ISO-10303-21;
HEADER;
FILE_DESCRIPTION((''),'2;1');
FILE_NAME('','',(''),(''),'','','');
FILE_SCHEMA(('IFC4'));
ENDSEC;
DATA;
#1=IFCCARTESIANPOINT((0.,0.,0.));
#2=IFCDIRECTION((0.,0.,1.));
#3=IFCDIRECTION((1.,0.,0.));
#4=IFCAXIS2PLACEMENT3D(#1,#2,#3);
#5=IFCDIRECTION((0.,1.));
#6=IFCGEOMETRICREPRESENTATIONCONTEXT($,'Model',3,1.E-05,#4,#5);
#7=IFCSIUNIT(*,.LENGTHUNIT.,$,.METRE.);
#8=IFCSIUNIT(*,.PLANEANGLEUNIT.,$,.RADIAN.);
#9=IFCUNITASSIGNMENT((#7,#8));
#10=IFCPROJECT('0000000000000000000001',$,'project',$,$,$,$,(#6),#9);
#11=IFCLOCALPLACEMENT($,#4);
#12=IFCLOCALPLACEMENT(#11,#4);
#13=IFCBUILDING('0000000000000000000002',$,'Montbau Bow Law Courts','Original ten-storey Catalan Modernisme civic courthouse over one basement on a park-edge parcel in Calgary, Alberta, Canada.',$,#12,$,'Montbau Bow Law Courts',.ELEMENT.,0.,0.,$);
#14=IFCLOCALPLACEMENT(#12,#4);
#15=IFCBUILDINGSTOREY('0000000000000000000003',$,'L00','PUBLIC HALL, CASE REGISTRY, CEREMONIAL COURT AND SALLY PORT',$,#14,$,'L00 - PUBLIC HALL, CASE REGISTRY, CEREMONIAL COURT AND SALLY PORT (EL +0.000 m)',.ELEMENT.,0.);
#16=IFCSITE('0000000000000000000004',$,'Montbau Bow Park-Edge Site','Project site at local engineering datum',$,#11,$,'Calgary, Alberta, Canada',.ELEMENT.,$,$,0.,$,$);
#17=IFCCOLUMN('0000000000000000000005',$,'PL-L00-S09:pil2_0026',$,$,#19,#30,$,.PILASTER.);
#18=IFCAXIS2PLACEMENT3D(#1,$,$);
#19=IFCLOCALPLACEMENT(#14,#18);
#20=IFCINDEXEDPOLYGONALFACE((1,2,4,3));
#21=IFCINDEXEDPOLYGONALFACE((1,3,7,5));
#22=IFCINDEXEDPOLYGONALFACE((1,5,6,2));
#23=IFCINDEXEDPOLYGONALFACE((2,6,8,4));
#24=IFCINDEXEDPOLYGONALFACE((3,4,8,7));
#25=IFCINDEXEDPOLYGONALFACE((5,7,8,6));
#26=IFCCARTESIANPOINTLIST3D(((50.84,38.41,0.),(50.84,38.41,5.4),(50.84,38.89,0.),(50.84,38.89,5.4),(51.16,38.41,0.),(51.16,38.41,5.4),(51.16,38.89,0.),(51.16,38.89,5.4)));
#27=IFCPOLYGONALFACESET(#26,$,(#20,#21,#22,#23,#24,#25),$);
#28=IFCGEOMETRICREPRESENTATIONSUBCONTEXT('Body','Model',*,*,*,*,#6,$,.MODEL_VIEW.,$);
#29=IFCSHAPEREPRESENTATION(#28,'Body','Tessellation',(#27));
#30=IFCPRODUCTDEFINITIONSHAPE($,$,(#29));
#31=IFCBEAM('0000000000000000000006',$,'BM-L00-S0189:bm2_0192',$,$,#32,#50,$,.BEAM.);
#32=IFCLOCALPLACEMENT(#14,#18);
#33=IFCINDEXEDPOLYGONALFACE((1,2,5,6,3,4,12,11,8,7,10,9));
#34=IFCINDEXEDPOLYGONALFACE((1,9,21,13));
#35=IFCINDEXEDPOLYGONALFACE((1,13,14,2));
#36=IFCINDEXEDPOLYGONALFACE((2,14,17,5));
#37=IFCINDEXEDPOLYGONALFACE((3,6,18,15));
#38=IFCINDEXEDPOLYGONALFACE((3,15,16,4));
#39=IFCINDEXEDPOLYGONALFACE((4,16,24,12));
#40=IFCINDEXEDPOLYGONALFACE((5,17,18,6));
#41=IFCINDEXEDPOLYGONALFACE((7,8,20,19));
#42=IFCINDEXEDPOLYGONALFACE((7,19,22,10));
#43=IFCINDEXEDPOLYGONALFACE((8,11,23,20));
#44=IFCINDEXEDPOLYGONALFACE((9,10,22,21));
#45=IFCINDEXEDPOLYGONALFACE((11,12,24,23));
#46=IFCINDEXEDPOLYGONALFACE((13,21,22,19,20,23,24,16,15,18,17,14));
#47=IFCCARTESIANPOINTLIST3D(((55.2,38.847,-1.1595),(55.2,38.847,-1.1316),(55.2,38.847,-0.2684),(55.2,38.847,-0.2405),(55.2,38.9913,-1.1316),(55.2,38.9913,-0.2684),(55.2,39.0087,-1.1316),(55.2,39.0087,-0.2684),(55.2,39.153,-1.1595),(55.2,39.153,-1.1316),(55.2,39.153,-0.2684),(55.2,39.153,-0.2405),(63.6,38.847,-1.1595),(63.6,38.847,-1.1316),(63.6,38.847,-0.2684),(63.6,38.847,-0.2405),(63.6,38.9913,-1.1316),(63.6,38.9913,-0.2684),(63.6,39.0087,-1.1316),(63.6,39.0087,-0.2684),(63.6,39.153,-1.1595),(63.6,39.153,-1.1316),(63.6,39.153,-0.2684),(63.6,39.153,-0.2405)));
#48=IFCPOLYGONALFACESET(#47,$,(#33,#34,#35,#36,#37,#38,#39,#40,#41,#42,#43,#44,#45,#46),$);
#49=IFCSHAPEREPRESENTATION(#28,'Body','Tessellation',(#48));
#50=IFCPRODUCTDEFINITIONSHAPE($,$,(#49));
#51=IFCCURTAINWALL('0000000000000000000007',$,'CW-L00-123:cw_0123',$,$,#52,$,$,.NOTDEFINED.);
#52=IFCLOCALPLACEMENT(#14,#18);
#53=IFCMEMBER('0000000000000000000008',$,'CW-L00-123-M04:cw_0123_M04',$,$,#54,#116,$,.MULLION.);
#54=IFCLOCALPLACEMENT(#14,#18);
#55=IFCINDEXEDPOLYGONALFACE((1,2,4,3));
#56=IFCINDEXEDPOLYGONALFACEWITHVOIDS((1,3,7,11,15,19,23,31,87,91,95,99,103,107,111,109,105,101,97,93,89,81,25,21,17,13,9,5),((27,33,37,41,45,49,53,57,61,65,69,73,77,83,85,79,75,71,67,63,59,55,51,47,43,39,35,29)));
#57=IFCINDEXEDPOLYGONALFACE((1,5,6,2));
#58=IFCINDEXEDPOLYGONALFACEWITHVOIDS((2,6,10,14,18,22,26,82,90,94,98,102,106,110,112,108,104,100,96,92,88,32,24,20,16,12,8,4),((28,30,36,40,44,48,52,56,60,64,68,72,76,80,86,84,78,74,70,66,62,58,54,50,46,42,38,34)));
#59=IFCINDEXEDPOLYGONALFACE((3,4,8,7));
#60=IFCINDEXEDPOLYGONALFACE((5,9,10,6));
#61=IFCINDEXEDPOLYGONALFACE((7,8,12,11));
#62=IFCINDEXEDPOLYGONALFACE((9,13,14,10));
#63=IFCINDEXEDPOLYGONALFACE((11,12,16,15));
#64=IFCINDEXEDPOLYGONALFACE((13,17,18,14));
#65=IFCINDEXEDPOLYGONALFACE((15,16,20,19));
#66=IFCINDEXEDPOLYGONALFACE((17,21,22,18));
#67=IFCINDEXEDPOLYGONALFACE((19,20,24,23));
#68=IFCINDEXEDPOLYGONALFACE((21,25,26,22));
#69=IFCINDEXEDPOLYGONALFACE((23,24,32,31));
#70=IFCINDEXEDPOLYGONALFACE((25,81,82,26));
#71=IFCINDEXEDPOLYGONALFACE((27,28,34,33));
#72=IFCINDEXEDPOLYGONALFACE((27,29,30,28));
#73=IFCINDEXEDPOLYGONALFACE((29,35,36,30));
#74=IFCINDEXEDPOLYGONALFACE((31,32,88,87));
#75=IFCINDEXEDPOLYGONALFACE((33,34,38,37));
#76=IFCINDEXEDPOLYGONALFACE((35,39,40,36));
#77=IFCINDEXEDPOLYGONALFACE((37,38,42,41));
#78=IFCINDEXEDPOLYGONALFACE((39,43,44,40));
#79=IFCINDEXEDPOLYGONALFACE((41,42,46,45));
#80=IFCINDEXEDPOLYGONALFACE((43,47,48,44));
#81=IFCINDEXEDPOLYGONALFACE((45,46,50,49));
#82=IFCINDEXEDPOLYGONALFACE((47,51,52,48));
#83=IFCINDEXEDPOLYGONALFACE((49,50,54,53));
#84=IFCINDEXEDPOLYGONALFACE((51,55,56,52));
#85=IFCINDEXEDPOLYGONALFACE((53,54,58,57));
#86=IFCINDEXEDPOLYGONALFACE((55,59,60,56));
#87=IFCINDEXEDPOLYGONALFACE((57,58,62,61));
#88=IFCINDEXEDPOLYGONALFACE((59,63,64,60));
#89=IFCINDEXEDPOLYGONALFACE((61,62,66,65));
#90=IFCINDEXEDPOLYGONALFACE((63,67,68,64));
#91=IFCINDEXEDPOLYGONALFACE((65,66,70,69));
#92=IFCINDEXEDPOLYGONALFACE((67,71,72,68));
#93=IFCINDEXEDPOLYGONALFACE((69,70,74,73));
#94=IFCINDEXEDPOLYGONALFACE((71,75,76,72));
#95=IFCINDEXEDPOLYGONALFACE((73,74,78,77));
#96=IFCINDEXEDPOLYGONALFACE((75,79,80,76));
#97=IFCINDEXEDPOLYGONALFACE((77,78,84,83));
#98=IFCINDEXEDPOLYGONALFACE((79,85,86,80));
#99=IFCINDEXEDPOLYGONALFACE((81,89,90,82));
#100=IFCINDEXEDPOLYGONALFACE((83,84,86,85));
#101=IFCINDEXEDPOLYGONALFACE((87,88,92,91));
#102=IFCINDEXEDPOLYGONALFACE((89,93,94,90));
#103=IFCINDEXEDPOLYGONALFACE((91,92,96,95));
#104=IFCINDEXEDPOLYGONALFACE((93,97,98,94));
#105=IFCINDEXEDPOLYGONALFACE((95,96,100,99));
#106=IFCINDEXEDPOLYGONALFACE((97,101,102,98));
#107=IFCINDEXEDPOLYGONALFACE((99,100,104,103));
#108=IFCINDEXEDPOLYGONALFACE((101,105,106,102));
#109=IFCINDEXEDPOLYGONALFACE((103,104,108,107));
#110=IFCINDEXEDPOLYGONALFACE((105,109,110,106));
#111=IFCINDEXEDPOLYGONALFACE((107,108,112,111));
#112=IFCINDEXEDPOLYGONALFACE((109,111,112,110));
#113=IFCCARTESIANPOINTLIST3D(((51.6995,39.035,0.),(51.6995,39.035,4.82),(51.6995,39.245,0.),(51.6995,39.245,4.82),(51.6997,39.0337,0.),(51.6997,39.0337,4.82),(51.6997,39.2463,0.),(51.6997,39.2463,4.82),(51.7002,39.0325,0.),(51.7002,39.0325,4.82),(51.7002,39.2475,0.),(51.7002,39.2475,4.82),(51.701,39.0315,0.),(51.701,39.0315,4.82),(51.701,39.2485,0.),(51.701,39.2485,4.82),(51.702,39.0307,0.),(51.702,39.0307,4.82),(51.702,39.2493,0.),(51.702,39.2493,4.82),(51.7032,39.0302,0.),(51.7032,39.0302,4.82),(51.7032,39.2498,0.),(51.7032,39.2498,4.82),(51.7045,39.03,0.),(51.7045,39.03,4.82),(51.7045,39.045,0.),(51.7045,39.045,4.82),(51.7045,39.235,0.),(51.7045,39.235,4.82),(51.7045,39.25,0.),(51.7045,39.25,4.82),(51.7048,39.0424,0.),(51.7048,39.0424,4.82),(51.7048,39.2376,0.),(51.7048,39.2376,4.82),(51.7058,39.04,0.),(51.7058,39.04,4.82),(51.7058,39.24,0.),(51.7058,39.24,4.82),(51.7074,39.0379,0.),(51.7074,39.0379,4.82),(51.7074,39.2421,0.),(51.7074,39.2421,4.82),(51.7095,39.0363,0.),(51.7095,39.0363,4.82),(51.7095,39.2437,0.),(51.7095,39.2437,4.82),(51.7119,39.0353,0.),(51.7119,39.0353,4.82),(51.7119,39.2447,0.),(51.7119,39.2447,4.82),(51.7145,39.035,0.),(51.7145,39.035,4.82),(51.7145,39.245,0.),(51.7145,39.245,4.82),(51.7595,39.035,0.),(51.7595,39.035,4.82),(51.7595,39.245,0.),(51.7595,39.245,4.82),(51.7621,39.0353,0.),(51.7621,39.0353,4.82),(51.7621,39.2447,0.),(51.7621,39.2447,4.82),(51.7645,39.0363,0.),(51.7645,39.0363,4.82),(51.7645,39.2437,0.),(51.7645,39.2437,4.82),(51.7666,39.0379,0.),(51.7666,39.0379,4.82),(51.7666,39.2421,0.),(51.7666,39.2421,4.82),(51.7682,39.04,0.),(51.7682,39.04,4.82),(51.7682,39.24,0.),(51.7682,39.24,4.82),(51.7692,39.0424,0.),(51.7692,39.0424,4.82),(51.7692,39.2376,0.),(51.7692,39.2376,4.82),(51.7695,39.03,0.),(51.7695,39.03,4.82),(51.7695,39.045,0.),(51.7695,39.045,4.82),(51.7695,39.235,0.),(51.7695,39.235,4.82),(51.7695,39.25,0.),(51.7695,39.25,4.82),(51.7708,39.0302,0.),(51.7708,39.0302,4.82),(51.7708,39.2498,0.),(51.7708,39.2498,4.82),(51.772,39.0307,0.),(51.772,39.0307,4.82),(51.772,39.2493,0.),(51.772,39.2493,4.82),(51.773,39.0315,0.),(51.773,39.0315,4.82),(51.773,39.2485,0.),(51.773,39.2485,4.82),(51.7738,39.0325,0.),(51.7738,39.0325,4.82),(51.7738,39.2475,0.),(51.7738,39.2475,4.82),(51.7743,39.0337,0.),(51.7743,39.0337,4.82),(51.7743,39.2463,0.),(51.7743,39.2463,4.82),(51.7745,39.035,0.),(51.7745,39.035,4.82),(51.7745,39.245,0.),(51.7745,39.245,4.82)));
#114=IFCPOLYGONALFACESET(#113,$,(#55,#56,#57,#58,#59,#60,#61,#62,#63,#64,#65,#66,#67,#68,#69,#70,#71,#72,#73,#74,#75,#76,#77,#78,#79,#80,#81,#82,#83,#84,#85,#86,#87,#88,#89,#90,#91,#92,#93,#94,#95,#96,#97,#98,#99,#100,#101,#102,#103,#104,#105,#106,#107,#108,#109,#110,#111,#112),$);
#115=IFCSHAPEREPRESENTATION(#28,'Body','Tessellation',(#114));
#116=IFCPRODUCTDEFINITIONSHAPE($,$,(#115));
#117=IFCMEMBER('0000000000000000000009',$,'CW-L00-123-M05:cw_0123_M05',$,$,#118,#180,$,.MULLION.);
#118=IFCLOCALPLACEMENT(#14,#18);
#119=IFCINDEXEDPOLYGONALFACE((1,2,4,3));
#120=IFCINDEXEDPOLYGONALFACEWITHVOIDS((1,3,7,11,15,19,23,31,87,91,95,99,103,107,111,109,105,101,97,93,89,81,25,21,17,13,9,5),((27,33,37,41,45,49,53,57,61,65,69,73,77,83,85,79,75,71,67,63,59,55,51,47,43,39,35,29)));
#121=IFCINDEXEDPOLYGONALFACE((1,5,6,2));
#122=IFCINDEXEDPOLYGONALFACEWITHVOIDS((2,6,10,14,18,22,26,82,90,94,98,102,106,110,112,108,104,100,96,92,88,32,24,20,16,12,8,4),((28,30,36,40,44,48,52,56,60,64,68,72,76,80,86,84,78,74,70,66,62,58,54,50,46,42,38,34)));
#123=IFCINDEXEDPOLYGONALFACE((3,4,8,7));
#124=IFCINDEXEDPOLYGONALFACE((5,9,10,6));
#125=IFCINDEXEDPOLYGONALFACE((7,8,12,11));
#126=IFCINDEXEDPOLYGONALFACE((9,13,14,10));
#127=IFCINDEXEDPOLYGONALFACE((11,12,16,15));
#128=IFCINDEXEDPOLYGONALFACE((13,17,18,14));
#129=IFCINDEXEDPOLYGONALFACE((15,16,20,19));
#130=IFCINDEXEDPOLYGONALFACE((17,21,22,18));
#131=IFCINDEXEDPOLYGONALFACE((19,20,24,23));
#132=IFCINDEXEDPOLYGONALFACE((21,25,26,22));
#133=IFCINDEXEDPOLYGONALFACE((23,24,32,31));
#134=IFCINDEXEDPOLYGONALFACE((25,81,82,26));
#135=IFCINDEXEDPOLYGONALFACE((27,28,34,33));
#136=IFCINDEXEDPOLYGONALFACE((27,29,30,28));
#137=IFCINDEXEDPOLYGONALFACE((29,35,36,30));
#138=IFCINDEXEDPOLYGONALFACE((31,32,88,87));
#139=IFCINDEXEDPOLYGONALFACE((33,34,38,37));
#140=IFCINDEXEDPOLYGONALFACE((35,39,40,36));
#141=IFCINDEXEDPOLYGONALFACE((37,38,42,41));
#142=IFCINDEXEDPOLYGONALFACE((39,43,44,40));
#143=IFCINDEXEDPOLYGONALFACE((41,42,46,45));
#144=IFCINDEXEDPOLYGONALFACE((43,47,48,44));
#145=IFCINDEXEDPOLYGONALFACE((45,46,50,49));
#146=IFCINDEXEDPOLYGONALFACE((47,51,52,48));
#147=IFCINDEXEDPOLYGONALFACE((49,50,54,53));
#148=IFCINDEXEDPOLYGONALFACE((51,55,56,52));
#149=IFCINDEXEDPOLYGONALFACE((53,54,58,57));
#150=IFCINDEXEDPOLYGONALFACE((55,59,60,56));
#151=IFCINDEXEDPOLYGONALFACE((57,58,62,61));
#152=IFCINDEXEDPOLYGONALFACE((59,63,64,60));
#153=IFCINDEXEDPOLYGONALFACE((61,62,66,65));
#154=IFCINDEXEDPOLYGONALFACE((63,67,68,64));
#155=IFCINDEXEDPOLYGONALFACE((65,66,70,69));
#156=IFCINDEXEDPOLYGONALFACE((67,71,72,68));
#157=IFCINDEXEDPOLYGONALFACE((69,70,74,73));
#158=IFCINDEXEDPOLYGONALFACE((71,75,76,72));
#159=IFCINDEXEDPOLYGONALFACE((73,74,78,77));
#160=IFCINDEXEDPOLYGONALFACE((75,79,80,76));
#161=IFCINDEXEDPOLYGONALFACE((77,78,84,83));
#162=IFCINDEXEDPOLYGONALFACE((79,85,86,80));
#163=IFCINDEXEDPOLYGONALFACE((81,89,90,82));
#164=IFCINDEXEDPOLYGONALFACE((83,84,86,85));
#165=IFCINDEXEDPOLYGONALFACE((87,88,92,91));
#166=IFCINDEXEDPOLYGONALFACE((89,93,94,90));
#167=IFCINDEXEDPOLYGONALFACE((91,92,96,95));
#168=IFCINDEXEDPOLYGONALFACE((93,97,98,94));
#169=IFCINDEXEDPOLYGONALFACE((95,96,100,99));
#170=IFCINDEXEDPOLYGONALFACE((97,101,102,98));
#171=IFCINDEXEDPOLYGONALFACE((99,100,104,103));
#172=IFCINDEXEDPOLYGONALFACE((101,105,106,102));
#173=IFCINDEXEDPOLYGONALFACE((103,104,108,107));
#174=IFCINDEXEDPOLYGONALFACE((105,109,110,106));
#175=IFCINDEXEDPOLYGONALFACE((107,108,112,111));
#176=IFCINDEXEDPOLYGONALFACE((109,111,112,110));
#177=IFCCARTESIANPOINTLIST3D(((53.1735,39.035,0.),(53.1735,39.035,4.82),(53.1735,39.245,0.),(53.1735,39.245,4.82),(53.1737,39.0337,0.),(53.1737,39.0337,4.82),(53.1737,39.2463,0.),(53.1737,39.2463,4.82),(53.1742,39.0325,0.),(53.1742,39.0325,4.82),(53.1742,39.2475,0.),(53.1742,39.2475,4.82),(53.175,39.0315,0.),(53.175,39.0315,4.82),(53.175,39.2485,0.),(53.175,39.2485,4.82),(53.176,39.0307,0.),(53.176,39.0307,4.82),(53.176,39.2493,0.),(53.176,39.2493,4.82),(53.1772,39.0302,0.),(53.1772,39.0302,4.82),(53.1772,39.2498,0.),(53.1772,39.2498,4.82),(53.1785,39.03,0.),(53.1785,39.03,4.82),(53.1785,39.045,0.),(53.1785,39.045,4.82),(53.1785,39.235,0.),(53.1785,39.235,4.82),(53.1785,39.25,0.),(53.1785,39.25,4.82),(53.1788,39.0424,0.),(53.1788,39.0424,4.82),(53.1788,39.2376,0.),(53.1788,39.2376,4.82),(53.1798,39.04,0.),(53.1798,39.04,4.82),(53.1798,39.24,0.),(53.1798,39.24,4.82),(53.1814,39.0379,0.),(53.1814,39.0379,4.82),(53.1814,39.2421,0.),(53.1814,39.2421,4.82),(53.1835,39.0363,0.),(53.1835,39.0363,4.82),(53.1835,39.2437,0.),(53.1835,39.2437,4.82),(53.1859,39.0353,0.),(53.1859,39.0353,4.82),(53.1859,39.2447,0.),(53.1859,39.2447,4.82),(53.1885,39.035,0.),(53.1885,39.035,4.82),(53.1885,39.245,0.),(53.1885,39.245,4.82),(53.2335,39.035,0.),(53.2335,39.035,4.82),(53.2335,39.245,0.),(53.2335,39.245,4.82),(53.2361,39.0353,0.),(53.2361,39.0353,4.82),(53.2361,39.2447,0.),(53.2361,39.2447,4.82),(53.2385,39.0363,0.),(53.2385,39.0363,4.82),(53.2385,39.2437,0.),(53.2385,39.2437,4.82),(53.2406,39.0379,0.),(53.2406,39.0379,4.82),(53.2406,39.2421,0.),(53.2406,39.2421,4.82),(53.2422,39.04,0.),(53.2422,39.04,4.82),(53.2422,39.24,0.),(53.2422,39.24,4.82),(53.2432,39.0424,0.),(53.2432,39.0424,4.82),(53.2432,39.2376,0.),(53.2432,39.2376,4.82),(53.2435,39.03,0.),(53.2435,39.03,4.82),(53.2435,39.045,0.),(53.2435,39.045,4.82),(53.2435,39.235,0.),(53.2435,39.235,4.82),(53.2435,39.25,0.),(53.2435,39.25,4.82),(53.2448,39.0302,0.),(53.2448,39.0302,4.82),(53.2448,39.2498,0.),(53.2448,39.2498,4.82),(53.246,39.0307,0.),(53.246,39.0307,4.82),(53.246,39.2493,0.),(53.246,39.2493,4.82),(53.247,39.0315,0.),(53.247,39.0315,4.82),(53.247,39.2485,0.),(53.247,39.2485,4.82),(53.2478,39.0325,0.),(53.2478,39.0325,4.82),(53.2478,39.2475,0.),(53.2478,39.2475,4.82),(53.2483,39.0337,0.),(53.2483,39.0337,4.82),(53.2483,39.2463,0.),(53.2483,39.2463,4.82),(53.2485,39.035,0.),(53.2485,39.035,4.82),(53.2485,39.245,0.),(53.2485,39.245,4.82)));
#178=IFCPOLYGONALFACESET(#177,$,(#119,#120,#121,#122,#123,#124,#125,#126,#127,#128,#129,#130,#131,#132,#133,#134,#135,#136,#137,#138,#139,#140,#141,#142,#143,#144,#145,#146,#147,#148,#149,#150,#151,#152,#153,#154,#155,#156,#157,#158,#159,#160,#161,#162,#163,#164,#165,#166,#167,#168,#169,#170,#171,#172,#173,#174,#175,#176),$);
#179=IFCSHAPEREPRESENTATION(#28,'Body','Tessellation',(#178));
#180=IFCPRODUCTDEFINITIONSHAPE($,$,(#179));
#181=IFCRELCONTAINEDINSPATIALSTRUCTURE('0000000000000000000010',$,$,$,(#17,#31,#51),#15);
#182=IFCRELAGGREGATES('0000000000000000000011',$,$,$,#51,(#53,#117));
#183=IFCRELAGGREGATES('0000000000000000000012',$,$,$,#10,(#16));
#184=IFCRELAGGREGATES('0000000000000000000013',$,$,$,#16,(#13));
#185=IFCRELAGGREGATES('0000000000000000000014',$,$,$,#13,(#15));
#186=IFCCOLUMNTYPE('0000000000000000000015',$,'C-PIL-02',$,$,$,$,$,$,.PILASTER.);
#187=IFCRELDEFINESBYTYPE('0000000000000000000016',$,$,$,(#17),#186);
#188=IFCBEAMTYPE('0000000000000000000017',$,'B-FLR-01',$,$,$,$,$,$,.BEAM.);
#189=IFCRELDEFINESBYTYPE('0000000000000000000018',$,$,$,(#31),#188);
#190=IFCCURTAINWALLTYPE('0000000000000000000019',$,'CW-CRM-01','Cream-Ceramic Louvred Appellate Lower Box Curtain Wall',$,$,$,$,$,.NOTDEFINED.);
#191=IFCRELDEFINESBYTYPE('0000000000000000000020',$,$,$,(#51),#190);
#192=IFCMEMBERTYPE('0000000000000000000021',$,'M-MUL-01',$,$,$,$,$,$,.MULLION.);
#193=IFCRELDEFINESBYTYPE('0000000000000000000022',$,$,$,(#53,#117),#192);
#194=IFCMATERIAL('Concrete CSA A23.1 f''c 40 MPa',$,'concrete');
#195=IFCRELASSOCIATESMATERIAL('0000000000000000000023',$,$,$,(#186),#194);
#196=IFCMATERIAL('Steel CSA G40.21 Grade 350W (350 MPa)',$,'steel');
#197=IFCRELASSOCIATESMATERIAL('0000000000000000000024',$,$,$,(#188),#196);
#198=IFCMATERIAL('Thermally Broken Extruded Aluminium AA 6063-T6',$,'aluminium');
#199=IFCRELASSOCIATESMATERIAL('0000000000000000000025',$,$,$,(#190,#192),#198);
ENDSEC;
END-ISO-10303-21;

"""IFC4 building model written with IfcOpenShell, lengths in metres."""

from ifc_helpers import new_model, si_unit, direction, frame, origin_with_axes, origin_2d_with_axis, place, context, subcontext, project, spatial, rectangle, hollow_rectangle, i_section, extrude, material, material_profile, profile_set, type_object, element, aggregate, save


model = new_model("IFC4")

# Units and contexts
model_context = context("Model", 3, precision=1e-05, world=origin_with_axes(), true_north=direction((0.0, 1.0)))
body_context = subcontext(model_context, "Body", "Model", "MODEL_VIEW")
ifc_project = project(units=[si_unit("LENGTHUNIT", "METRE"), si_unit("PLANEANGLEUNIT", "RADIAN")], contexts=[model_context])

# Site, building, storey
site_placement = place(None, origin_with_axes())
site = spatial("IfcSite", under=ifc_project, at=site_placement, Name="Montbau Bow Park-Edge Site", Description="Project site at local engineering datum", LongName="Calgary, Alberta, Canada", CompositionType="ELEMENT", RefElevation=0.0)
building_placement = place(site_placement, origin_with_axes())
building = spatial("IfcBuilding", under=site, at=building_placement, Name="Montbau Bow Law Courts", Description="Original ten-storey Catalan Modernisme civic courthouse over one basement on a park-edge parcel in Calgary, Alberta, Canada.", LongName="Montbau Bow Law Courts", CompositionType="ELEMENT", ElevationOfRefHeight=0.0, ElevationOfTerrain=0.0)
storey_placement = place(building_placement, origin_with_axes())
storey = spatial("IfcBuildingStorey", under=building, at=storey_placement, Name="L00", Description="PUBLIC HALL, CASE REGISTRY, CEREMONIAL COURT AND SALLY PORT", LongName="L00 - PUBLIC HALL, CASE REGISTRY, CEREMONIAL COURT AND SALLY PORT (EL +0.000 m)", CompositionType="ELEMENT", Elevation=0.0)

# Column
ifc_material_1 = material(Name="Concrete CSA A23.1 f'c 40 MPa", Category="concrete")
ifc_material_profile_1 = material_profile(ifc_material_1, rectangle(XDim=0.32, YDim=0.48, at=origin_2d_with_axis()), Name="RC480X320", Category="Main", Priority=0)
ifc_profile_set_1 = profile_set([ifc_material_profile_1], Name="Concrete CSA A23.1 f'c 40 MPa")
column_type = type_object("IfcColumnType", Name="C-PIL-02", PredefinedType="PILASTER", material=ifc_profile_set_1)
column_placement = place(None, frame((51.0, 38.65, 0.0), z_axis=(0.0, 0.0, 1.0), x_axis=(1.0, 0.0, 0.0)))
element("IfcColumn", 1, at=column_placement, inside=storey, type_object=column_type, Name="PL-L00-S09:pil2_0026", PredefinedType="PILASTER", context=body_context, shape_type="SweptSolid", body=[
    extrude(rectangle(XDim=0.32, YDim=0.48, at=origin_2d_with_axis()), origin_with_axes(), (0.0, 0.0, 1.0), 5.4),
])

# Beam
ifc_material_2 = material(Name="Steel CSA G40.21 Grade 350W (350 MPa)", Category="steel")
ifc_material_profile_2 = material_profile(ifc_material_2, i_section(OverallWidth=0.306, OverallDepth=0.919, WebThickness=0.0173, FlangeThickness=0.0279, at=origin_2d_with_axis()), Name="W920X253", Category="Main", Priority=0)
ifc_profile_set_2 = profile_set([ifc_material_profile_2], Name="Steel CSA G40.21 Grade 350W (350 MPa)")
beam_type = type_object("IfcBeamType", Name="B-FLR-01", PredefinedType="BEAM", material=ifc_profile_set_2)
beam_placement = place(None, frame((55.2, 39.0, -0.7), z_axis=(1.0, 0.0, 0.0), x_axis=(0.0, 1.0, 0.0)))
element("IfcBeam", 2, at=beam_placement, inside=storey, type_object=beam_type, Name="BM-L00-S0189:bm2_0192", PredefinedType="BEAM", context=body_context, shape_type="SweptSolid", body=[
    extrude(i_section(OverallWidth=0.306, OverallDepth=0.919, WebThickness=0.0173, FlangeThickness=0.0279, at=origin_2d_with_axis()), origin_with_axes(), (0.0, 0.0, 1.0), 8.4),
])

# Curtain wall, members
ifc_material_3 = material(Name="Thermally Broken Extruded Aluminium AA 6063-T6", Category="aluminium")
curtain_wall_type = type_object("IfcCurtainWallType", Name="CW-CRM-01", Description="Cream-Ceramic Louvred Appellate Lower Box Curtain Wall", PredefinedType="NOTDEFINED", material=ifc_material_3)
curtain_wall_placement = place(None, frame((47.315, 39.14, 0.0), z_axis=(0.0, 0.0, 1.0), x_axis=(1.0, 0.0, 0.0)))
curtain_wall = element("IfcCurtainWall", 3, at=curtain_wall_placement, inside=storey, type_object=curtain_wall_type, Name="CW-L00-123:cw_0123", PredefinedType="NOTDEFINED")
ifc_material_profile_3 = material_profile(ifc_material_3, hollow_rectangle(XDim=0.075, YDim=0.22, WallThickness=0.005, InnerFilletRadius=0.01, OuterFilletRadius=0.005, at=origin_2d_with_axis()), Name="CWM-220X75", Category="Main", Priority=0)
ifc_profile_set_3 = profile_set([ifc_material_profile_3], Name="Thermally Broken Extruded Aluminium AA 6063-T6")
member_type_1 = type_object("IfcMemberType", Name="M-MUL-01", PredefinedType="MULLION", material=ifc_profile_set_3)
member_1_placement = place(None, frame((51.737, 39.14, 0.0), z_axis=(0.0, 0.0, 1.0), x_axis=(1.0, 0.0, 0.0)))
member_1 = element("IfcMember", 4, at=member_1_placement, type_object=member_type_1, Name="CW-L00-123-M04:cw_0123_M04", PredefinedType="MULLION", context=body_context, shape_type="SweptSolid", body=[
    extrude(hollow_rectangle(XDim=0.075, YDim=0.22, WallThickness=0.005, InnerFilletRadius=0.01, OuterFilletRadius=0.005, at=origin_2d_with_axis()), origin_with_axes(), (0.0, 0.0, 1.0), 4.82),
])
member_2_placement = place(None, frame((53.211, 39.14, 0.0), z_axis=(0.0, 0.0, 1.0), x_axis=(1.0, 0.0, 0.0)))
member_2 = element("IfcMember", 5, at=member_2_placement, type_object=member_type_1, Name="CW-L00-123-M05:cw_0123_M05", PredefinedType="MULLION", context=body_context, shape_type="SweptSolid", body=[
    extrude(hollow_rectangle(XDim=0.075, YDim=0.22, WallThickness=0.005, InnerFilletRadius=0.01, OuterFilletRadius=0.005, at=origin_2d_with_axis()), origin_with_axes(), (0.0, 0.0, 1.0), 4.82),
])
aggregate(curtain_wall, [member_1, member_2])

save(model, "model.ifc")
